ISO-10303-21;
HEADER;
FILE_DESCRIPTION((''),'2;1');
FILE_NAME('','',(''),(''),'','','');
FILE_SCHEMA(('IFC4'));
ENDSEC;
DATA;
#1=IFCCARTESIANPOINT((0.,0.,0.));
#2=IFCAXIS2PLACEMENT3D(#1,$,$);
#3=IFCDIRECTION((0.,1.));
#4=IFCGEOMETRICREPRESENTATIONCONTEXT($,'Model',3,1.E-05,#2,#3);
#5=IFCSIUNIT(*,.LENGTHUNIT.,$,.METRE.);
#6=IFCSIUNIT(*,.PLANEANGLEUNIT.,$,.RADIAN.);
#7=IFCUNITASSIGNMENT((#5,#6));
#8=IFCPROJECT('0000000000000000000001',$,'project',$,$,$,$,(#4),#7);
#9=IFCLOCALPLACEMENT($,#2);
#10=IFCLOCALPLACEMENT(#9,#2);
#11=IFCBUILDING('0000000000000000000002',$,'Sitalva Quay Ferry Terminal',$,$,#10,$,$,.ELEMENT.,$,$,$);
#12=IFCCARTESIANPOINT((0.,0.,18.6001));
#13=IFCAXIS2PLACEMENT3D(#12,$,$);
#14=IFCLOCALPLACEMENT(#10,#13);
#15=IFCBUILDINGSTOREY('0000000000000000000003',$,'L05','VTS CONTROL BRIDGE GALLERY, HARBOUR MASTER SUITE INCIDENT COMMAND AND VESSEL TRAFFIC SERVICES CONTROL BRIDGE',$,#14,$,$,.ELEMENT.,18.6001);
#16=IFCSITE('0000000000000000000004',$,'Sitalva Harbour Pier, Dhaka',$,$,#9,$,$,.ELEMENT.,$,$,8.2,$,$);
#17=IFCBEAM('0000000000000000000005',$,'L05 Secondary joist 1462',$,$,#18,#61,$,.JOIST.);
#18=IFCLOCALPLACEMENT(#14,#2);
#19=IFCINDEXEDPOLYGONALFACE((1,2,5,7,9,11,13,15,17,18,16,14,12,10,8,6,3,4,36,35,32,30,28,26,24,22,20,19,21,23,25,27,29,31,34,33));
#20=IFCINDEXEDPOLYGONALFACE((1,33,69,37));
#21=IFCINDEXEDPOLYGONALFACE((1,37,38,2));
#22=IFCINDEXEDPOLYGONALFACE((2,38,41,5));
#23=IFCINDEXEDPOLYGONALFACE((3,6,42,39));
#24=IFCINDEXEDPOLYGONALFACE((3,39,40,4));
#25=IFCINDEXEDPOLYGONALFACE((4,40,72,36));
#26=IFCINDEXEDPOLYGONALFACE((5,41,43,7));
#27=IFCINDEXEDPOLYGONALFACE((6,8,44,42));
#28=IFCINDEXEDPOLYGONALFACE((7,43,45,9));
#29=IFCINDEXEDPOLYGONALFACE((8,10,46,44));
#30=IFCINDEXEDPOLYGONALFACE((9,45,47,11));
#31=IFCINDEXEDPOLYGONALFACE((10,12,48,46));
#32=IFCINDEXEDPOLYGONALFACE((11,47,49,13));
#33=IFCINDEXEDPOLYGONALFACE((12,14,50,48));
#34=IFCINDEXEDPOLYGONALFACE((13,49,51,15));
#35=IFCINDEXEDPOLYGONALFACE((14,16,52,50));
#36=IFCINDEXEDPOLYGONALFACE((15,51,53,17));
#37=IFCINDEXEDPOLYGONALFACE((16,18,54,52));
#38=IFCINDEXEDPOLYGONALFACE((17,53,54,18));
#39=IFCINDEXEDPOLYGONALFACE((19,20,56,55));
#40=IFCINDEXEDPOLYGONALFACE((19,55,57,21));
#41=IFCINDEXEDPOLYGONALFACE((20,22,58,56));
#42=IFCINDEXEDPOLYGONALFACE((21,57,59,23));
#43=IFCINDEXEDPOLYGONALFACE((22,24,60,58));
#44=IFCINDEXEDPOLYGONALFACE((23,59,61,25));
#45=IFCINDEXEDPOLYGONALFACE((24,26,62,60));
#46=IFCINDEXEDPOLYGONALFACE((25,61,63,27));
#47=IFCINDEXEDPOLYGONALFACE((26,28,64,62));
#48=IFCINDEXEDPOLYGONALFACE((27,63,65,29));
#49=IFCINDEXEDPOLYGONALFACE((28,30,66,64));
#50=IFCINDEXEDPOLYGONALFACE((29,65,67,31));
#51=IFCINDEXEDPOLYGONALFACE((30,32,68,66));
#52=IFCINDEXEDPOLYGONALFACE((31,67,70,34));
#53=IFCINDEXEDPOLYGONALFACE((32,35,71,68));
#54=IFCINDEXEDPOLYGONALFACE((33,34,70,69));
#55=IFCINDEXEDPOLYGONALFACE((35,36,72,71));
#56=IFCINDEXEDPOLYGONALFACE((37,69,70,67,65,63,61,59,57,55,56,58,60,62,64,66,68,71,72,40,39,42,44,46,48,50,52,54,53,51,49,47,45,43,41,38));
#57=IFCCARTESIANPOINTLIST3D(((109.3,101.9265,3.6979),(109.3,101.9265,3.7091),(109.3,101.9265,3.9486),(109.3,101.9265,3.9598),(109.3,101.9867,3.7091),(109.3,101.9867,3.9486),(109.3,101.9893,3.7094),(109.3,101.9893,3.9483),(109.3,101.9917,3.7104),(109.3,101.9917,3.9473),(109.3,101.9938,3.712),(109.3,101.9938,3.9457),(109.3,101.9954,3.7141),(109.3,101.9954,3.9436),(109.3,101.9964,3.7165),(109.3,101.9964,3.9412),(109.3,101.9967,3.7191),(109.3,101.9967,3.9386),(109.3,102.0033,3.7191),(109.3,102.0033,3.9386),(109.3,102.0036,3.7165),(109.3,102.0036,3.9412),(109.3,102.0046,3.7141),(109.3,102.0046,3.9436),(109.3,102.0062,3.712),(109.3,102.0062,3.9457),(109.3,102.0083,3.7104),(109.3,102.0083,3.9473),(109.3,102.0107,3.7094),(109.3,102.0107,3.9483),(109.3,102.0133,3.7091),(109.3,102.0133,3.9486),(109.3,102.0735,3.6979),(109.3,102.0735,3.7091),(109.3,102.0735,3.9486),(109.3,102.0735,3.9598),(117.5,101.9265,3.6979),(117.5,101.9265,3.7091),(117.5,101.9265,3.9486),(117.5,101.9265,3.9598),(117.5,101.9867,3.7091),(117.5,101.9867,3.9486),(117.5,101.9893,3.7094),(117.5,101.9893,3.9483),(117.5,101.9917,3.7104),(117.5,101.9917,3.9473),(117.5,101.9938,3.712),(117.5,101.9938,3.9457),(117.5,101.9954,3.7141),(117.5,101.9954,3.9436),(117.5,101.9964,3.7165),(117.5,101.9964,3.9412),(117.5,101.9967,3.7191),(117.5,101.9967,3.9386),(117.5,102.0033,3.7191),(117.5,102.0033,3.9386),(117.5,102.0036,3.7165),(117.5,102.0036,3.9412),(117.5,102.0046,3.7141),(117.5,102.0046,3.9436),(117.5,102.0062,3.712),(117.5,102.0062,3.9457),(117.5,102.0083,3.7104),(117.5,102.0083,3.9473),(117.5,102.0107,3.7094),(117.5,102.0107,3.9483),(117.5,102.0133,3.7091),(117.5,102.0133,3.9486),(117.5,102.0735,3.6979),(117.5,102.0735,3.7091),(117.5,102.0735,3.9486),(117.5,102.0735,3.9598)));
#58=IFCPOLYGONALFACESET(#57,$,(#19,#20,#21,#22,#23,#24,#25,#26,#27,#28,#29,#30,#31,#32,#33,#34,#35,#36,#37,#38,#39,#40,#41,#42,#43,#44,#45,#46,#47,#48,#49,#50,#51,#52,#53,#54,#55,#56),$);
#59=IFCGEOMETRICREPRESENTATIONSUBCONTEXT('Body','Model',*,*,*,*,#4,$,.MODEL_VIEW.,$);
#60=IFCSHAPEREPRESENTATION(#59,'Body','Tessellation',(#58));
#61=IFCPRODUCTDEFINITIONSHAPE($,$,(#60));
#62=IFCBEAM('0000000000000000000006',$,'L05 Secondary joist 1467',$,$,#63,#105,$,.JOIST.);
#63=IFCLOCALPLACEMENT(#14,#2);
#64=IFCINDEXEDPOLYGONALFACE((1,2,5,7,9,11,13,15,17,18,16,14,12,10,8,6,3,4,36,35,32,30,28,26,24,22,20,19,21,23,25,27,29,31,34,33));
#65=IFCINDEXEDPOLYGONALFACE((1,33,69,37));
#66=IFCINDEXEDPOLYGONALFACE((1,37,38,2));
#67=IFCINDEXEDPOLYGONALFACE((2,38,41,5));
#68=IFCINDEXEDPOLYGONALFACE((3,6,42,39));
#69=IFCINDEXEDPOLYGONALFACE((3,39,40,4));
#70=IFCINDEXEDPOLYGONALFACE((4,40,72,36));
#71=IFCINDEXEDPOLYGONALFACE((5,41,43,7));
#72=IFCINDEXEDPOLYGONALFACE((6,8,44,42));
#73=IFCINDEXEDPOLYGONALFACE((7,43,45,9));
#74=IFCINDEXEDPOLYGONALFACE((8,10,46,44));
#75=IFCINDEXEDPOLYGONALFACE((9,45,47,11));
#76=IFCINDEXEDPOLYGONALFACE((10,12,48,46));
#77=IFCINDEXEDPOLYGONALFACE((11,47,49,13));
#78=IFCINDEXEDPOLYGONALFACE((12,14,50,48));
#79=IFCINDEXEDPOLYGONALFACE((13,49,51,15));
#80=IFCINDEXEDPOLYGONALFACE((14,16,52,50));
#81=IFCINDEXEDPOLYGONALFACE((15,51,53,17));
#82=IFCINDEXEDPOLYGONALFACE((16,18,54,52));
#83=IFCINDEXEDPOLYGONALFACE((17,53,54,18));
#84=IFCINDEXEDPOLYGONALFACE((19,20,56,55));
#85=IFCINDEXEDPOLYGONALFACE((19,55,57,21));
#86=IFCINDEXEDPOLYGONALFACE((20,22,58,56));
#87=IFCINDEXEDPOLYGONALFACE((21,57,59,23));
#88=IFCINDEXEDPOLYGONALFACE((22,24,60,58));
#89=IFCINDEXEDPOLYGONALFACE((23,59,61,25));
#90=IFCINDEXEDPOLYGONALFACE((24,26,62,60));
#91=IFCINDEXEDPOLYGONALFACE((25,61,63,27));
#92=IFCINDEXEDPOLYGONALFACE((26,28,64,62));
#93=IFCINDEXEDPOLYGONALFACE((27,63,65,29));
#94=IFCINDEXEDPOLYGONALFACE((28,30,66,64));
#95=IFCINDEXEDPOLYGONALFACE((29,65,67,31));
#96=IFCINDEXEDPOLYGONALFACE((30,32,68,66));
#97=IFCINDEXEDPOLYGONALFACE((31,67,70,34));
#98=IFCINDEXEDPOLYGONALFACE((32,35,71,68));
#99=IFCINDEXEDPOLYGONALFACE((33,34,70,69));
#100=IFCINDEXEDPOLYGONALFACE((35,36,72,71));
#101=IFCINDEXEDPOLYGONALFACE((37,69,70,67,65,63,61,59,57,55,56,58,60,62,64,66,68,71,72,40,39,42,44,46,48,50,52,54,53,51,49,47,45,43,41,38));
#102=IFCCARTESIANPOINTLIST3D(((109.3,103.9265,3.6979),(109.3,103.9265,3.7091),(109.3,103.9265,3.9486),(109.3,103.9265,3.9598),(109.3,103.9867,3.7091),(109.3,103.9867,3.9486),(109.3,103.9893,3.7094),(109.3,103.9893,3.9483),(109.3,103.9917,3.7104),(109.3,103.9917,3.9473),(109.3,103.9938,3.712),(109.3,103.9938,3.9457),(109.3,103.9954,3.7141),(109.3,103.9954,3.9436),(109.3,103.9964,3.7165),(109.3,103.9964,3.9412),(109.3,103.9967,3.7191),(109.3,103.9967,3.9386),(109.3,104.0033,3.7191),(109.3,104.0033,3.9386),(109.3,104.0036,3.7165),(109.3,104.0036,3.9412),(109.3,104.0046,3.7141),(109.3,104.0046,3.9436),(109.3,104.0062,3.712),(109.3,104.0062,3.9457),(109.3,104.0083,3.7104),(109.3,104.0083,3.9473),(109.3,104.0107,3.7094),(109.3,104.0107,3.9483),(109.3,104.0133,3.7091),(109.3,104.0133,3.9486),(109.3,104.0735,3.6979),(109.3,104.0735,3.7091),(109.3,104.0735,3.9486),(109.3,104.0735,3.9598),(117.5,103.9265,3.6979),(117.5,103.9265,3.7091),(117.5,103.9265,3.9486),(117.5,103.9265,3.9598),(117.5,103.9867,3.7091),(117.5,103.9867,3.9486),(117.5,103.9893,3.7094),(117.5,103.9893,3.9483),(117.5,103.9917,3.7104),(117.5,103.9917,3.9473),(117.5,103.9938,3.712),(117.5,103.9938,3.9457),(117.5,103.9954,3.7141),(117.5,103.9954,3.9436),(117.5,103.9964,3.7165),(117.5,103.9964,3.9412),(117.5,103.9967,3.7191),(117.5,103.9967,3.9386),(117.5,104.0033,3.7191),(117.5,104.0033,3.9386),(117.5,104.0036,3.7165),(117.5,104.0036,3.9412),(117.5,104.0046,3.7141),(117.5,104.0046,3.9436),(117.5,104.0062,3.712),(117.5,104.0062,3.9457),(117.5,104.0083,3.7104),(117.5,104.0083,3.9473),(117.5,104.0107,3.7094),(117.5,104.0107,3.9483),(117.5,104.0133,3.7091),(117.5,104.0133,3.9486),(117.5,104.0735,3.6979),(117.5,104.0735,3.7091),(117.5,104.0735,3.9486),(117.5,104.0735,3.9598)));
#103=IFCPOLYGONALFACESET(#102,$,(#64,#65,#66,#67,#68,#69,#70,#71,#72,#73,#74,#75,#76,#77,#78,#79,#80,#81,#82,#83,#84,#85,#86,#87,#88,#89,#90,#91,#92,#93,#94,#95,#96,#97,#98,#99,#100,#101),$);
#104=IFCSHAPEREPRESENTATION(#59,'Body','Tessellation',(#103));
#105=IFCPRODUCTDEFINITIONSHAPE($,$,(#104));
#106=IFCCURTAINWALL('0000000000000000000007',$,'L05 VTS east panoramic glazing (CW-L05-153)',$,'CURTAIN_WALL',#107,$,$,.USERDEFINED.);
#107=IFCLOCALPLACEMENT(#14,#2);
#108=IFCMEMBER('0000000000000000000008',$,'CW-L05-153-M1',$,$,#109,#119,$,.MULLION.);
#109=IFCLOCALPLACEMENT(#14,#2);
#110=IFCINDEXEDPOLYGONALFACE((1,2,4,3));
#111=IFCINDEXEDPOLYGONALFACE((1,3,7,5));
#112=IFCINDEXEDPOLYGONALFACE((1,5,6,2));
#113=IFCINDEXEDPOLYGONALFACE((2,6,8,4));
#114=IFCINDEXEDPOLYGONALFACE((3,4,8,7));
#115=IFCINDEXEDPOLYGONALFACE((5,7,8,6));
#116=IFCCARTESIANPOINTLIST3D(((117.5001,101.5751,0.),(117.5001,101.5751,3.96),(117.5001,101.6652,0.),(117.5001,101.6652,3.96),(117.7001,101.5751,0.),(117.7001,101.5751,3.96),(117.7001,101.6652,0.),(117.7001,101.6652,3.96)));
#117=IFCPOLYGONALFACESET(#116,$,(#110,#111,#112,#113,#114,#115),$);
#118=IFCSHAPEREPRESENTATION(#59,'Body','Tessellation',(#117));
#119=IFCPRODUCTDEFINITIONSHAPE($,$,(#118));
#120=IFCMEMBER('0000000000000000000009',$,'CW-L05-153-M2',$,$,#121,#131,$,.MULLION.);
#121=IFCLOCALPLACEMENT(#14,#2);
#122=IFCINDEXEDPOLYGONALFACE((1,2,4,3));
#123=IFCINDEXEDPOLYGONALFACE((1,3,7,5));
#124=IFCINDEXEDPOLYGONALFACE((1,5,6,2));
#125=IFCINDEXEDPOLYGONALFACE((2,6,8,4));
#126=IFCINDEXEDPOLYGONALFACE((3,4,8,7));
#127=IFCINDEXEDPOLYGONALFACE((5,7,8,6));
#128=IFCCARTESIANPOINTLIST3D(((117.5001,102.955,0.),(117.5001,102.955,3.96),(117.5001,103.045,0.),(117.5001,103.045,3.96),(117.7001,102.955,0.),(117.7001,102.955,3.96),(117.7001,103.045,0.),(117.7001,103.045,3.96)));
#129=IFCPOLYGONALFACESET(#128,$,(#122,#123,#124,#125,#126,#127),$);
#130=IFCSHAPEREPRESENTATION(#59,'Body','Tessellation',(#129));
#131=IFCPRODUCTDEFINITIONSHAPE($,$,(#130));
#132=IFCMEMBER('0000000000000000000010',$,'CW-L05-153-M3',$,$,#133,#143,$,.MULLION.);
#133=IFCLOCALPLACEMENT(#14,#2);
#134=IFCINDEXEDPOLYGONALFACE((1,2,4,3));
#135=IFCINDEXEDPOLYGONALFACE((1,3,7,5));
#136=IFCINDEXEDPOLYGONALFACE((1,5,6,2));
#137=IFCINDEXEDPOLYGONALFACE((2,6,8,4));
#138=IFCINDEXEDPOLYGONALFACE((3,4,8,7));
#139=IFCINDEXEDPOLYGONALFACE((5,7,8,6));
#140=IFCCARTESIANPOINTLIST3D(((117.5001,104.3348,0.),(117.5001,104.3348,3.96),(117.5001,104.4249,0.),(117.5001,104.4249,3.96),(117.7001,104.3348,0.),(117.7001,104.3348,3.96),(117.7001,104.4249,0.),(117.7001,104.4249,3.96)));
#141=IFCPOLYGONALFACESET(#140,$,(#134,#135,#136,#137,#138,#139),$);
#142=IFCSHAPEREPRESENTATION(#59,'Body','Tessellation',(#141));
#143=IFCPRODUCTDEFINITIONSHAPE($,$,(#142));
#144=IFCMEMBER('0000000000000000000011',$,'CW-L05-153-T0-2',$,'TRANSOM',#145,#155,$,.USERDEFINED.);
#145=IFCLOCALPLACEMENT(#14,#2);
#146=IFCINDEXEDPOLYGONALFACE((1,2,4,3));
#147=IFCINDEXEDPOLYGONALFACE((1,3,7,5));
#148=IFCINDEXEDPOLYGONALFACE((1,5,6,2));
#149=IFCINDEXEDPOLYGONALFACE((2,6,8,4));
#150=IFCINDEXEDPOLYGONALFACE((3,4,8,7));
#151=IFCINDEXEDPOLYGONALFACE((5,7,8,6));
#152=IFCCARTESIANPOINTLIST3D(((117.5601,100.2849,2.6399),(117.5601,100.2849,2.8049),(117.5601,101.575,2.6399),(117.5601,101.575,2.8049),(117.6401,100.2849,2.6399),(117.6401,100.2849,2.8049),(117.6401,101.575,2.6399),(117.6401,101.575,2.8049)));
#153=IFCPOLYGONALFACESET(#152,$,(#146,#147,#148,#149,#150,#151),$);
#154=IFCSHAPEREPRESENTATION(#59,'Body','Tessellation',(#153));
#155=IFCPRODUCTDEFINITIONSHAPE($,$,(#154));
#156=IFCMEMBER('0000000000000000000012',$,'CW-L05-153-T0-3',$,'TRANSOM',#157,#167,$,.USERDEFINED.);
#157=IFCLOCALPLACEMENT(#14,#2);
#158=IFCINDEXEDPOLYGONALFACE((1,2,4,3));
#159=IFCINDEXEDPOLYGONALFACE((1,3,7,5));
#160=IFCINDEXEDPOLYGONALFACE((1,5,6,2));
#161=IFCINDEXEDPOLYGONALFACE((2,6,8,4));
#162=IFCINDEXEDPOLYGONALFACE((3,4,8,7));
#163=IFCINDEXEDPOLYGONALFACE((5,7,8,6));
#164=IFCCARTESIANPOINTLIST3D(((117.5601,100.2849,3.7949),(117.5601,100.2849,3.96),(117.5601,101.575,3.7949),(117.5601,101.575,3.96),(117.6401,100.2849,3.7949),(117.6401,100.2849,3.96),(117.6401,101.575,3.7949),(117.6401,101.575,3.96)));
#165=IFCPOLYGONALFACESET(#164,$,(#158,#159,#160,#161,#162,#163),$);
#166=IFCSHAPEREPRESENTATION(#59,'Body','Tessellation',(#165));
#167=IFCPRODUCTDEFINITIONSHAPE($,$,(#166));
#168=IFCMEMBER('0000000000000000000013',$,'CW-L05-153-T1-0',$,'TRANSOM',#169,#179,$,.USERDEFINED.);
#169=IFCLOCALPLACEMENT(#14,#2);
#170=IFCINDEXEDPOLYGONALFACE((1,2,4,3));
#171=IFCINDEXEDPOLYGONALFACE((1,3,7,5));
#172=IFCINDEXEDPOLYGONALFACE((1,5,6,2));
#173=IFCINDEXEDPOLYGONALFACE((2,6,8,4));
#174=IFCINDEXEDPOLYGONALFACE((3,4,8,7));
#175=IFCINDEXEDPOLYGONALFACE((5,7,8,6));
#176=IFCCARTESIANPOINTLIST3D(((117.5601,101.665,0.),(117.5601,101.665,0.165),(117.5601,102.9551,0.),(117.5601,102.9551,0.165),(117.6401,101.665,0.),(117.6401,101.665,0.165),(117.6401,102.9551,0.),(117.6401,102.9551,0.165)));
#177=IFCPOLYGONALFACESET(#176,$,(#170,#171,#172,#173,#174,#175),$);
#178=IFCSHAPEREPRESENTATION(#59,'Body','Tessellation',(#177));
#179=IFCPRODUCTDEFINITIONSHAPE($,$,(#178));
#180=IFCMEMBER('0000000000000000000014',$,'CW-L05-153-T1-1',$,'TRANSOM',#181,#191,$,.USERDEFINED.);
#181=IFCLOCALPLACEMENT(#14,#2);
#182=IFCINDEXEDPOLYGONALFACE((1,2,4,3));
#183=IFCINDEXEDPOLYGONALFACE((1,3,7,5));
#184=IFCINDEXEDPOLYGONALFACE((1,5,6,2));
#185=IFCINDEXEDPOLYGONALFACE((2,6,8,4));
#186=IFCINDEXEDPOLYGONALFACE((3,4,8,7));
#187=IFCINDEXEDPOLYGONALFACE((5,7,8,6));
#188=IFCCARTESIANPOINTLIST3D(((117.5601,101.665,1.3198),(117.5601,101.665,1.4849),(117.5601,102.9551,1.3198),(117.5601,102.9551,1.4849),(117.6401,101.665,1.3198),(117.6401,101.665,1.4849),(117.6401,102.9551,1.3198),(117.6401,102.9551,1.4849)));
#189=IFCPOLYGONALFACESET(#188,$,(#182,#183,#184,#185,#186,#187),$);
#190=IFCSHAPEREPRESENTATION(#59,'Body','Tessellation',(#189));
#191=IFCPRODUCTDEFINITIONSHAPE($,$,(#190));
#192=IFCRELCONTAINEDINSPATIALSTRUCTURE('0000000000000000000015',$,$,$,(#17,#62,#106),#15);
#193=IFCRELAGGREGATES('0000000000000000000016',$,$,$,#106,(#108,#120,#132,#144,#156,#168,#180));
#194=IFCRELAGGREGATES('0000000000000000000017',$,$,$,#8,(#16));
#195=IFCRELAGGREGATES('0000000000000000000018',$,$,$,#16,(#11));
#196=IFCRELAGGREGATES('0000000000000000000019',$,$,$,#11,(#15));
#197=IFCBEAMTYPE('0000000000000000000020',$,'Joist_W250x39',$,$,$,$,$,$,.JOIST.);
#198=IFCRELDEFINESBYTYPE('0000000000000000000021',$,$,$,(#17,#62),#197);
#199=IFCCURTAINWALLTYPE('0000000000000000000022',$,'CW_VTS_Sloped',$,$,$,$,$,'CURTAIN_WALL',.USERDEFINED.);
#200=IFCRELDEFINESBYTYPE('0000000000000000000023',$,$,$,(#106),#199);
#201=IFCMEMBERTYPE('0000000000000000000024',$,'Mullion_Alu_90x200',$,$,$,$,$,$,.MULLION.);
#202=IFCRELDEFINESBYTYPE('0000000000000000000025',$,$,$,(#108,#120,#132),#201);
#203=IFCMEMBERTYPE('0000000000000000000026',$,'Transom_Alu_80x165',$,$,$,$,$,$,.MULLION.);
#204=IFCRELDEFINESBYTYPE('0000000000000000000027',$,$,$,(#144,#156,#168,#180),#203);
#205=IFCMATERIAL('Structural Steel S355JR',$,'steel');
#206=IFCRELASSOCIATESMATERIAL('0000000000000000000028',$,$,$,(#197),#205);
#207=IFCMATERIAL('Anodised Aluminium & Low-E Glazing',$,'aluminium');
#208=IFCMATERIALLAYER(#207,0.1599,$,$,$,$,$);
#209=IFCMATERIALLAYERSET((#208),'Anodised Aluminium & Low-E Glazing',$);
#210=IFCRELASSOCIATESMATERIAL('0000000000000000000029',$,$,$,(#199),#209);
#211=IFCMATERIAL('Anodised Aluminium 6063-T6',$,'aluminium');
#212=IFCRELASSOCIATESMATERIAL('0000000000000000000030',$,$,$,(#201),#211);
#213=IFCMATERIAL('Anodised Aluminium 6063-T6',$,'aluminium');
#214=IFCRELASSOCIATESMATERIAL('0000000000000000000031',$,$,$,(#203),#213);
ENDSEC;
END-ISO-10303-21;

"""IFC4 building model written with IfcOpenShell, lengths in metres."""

from ifc_helpers import new_model, si_unit, direction, frame, origin, origin_2d, place, context, subcontext, project, spatial, rectangle, i_section, extrude, material, layer, layer_set, material_profile, profile_set, type_object, element, aggregate, save


model = new_model("IFC4")

# Units and contexts
model_context = context("Model", 3, precision=1e-05, world=origin(), true_north=direction((0.0, 1.0)))
body_context = subcontext(model_context, "Body", "Model", "MODEL_VIEW")
ifc_project = project(units=[si_unit("LENGTHUNIT", "METRE"), si_unit("PLANEANGLEUNIT", "RADIAN")], contexts=[model_context])

# Site, building, storey
site_placement = place(None, origin())
site = spatial("IfcSite", under=ifc_project, at=site_placement, Name="Sitalva Harbour Pier, Dhaka", CompositionType="ELEMENT", RefElevation=8.2)
building_placement = place(site_placement, origin())
building = spatial("IfcBuilding", under=site, at=building_placement, Name="Sitalva Quay Ferry Terminal", CompositionType="ELEMENT")
storey_placement = place(building_placement, frame((0.0, 0.0, 18.6001)))
storey = spatial("IfcBuildingStorey", under=building, at=storey_placement, Name="L05", Description="VTS CONTROL BRIDGE GALLERY, HARBOUR MASTER SUITE INCIDENT COMMAND AND VESSEL TRAFFIC SERVICES CONTROL BRIDGE", CompositionType="ELEMENT", Elevation=18.6001)

# Beams
ifc_material_1 = material(Name="Structural Steel S355JR", Category="steel")
ifc_material_profile_1 = material_profile(ifc_material_1, i_section(OverallWidth=0.147, OverallDepth=0.262, WebThickness=0.0066, FlangeThickness=0.0112, FilletRadius=0.01, at=origin_2d()), Name="W250x39")
ifc_profile_set_1 = profile_set([ifc_material_profile_1], Name="Structural Steel S355JR")
beam_type = type_object("IfcBeamType", Name="Joist_W250x39", PredefinedType="JOIST", material=ifc_profile_set_1)
for number, where, z_axis, x_axis, name in (
    (1, (109.3, 102.0, 3.8289), (1.0, 0.0, 0.0), (0.0, 1.0, 0.0), "L05 Secondary joist 1462"),
    (2, (109.3, 104.0, 3.8289), (1.0, 0.0, 0.0), (0.0, 1.0, 0.0), "L05 Secondary joist 1467"),
):
    element("IfcBeam", number, at=place(storey_placement, frame(where, z_axis=z_axis, x_axis=x_axis)), inside=storey, type_object=beam_type, Name=name, PredefinedType="JOIST", context=body_context, shape_type="SweptSolid", body=[
        extrude(i_section(OverallWidth=0.147, OverallDepth=0.262, WebThickness=0.0066, FlangeThickness=0.0112, FilletRadius=0.01, at=origin_2d()), origin(), (0.0, 0.0, 1.0), 8.2),
    ])

# Curtain wall, members
ifc_material_2 = material(Name="Anodised Aluminium & Low-E Glazing", Category="aluminium")
ifc_layer_1 = layer(ifc_material_2, 0.1599)
ifc_layer_set_1 = layer_set([ifc_layer_1], Name="Anodised Aluminium & Low-E Glazing")
curtain_wall_type = type_object("IfcCurtainWallType", Name="CW_VTS_Sloped", ElementType="CURTAIN_WALL", PredefinedType="USERDEFINED", material=ifc_layer_set_1)
curtain_wall_placement = place(storey_placement, origin())
curtain_wall = element("IfcCurtainWall", 3, at=curtain_wall_placement, inside=storey, type_object=curtain_wall_type, Name="L05 VTS east panoramic glazing (CW-L05-153)", ObjectType="CURTAIN_WALL", PredefinedType="USERDEFINED")
ifc_material_3 = material(Name="Anodised Aluminium 6063-T6", Category="aluminium")
ifc_material_profile_2 = material_profile(ifc_material_3, rectangle(XDim=0.0901, YDim=0.2, at=origin_2d()), Name="ALU90x200")
ifc_profile_set_2 = profile_set([ifc_material_profile_2], Name="Anodised Aluminium 6063-T6")
member_type_1 = type_object("IfcMemberType", Name="Mullion_Alu_90x200", PredefinedType="MULLION", material=ifc_profile_set_2)
member_1_placement = place(storey_placement, frame((117.6001, 101.6201, 0.0), z_axis=(0.0, 0.0, 1.0), x_axis=(0.0, 1.0, 0.0)))
member_1 = element("IfcMember", 4, at=member_1_placement, type_object=member_type_1, Name="CW-L05-153-M1", PredefinedType="MULLION", context=body_context, shape_type="SweptSolid", body=[
    extrude(rectangle(XDim=0.0901, YDim=0.2, at=origin_2d()), origin(), (0.0, 0.0, 1.0), 3.96),
])
member_2_placement = place(storey_placement, frame((117.6001, 103.0, 0.0), z_axis=(0.0, 0.0, 1.0), x_axis=(0.0, 1.0, 0.0)))
member_2 = element("IfcMember", 5, at=member_2_placement, type_object=member_type_1, Name="CW-L05-153-M2", PredefinedType="MULLION", context=body_context, shape_type="SweptSolid", body=[
    extrude(rectangle(XDim=0.0901, YDim=0.2, at=origin_2d()), origin(), (0.0, 0.0, 1.0), 3.96),
])
member_3_placement = place(storey_placement, frame((117.6001, 104.3799, 0.0), z_axis=(0.0, 0.0, 1.0), x_axis=(0.0, 1.0, 0.0)))
member_3 = element("IfcMember", 6, at=member_3_placement, type_object=member_type_1, Name="CW-L05-153-M3", PredefinedType="MULLION", context=body_context, shape_type="SweptSolid", body=[
    extrude(rectangle(XDim=0.0901, YDim=0.2, at=origin_2d()), origin(), (0.0, 0.0, 1.0), 3.96),
])
ifc_material_4 = material(Name="Anodised Aluminium 6063-T6", Category="aluminium")
ifc_material_profile_3 = material_profile(ifc_material_4, rectangle(XDim=0.0801, YDim=0.165, at=origin_2d()), Name="ALU80x165")
ifc_profile_set_3 = profile_set([ifc_material_profile_3], Name="Anodised Aluminium 6063-T6")
member_type_2 = type_object("IfcMemberType", Name="Transom_Alu_80x165", PredefinedType="MULLION", material=ifc_profile_set_3)
member_4_placement = place(storey_placement, frame((117.6001, 100.2849, 2.7224), z_axis=(0.0, 1.0, 0.0), x_axis=(-1.0, 0.0, 0.0)))
member_4 = element("IfcMember", 7, at=member_4_placement, type_object=member_type_2, Name="CW-L05-153-T0-2", ObjectType="TRANSOM", PredefinedType="USERDEFINED", context=body_context, shape_type="SweptSolid", body=[
    extrude(rectangle(XDim=0.0801, YDim=0.165, at=origin_2d()), origin(), (0.0, 0.0, 1.0), 1.29),
])
member_5_placement = place(storey_placement, frame((117.6001, 100.2849, 3.8774), z_axis=(0.0, 1.0, 0.0), x_axis=(-1.0, 0.0, 0.0)))
member_5 = element("IfcMember", 8, at=member_5_placement, type_object=member_type_2, Name="CW-L05-153-T0-3", ObjectType="TRANSOM", PredefinedType="USERDEFINED", context=body_context, shape_type="SweptSolid", body=[
    extrude(rectangle(XDim=0.0801, YDim=0.165, at=origin_2d()), origin(), (0.0, 0.0, 1.0), 1.29),
])
member_6_placement = place(storey_placement, frame((117.6001, 101.665, 0.0825), z_axis=(0.0, 1.0, 0.0), x_axis=(-1.0, 0.0, 0.0)))
member_6 = element("IfcMember", 9, at=member_6_placement, type_object=member_type_2, Name="CW-L05-153-T1-0", ObjectType="TRANSOM", PredefinedType="USERDEFINED", context=body_context, shape_type="SweptSolid", body=[
    extrude(rectangle(XDim=0.0801, YDim=0.165, at=origin_2d()), origin(), (0.0, 0.0, 1.0), 1.29),
])
member_7_placement = place(storey_placement, frame((117.6001, 101.665, 1.4023), z_axis=(0.0, 1.0, 0.0), x_axis=(-1.0, 0.0, 0.0)))
member_7 = element("IfcMember", 10, at=member_7_placement, type_object=member_type_2, Name="CW-L05-153-T1-1", ObjectType="TRANSOM", PredefinedType="USERDEFINED", context=body_context, shape_type="SweptSolid", body=[
    extrude(rectangle(XDim=0.0801, YDim=0.165, at=origin_2d()), origin(), (0.0, 0.0, 1.0), 1.29),
])
aggregate(curtain_wall, [member_1, member_2, member_3, member_4, member_5, member_6, member_7])

save(model, "model.ifc")
